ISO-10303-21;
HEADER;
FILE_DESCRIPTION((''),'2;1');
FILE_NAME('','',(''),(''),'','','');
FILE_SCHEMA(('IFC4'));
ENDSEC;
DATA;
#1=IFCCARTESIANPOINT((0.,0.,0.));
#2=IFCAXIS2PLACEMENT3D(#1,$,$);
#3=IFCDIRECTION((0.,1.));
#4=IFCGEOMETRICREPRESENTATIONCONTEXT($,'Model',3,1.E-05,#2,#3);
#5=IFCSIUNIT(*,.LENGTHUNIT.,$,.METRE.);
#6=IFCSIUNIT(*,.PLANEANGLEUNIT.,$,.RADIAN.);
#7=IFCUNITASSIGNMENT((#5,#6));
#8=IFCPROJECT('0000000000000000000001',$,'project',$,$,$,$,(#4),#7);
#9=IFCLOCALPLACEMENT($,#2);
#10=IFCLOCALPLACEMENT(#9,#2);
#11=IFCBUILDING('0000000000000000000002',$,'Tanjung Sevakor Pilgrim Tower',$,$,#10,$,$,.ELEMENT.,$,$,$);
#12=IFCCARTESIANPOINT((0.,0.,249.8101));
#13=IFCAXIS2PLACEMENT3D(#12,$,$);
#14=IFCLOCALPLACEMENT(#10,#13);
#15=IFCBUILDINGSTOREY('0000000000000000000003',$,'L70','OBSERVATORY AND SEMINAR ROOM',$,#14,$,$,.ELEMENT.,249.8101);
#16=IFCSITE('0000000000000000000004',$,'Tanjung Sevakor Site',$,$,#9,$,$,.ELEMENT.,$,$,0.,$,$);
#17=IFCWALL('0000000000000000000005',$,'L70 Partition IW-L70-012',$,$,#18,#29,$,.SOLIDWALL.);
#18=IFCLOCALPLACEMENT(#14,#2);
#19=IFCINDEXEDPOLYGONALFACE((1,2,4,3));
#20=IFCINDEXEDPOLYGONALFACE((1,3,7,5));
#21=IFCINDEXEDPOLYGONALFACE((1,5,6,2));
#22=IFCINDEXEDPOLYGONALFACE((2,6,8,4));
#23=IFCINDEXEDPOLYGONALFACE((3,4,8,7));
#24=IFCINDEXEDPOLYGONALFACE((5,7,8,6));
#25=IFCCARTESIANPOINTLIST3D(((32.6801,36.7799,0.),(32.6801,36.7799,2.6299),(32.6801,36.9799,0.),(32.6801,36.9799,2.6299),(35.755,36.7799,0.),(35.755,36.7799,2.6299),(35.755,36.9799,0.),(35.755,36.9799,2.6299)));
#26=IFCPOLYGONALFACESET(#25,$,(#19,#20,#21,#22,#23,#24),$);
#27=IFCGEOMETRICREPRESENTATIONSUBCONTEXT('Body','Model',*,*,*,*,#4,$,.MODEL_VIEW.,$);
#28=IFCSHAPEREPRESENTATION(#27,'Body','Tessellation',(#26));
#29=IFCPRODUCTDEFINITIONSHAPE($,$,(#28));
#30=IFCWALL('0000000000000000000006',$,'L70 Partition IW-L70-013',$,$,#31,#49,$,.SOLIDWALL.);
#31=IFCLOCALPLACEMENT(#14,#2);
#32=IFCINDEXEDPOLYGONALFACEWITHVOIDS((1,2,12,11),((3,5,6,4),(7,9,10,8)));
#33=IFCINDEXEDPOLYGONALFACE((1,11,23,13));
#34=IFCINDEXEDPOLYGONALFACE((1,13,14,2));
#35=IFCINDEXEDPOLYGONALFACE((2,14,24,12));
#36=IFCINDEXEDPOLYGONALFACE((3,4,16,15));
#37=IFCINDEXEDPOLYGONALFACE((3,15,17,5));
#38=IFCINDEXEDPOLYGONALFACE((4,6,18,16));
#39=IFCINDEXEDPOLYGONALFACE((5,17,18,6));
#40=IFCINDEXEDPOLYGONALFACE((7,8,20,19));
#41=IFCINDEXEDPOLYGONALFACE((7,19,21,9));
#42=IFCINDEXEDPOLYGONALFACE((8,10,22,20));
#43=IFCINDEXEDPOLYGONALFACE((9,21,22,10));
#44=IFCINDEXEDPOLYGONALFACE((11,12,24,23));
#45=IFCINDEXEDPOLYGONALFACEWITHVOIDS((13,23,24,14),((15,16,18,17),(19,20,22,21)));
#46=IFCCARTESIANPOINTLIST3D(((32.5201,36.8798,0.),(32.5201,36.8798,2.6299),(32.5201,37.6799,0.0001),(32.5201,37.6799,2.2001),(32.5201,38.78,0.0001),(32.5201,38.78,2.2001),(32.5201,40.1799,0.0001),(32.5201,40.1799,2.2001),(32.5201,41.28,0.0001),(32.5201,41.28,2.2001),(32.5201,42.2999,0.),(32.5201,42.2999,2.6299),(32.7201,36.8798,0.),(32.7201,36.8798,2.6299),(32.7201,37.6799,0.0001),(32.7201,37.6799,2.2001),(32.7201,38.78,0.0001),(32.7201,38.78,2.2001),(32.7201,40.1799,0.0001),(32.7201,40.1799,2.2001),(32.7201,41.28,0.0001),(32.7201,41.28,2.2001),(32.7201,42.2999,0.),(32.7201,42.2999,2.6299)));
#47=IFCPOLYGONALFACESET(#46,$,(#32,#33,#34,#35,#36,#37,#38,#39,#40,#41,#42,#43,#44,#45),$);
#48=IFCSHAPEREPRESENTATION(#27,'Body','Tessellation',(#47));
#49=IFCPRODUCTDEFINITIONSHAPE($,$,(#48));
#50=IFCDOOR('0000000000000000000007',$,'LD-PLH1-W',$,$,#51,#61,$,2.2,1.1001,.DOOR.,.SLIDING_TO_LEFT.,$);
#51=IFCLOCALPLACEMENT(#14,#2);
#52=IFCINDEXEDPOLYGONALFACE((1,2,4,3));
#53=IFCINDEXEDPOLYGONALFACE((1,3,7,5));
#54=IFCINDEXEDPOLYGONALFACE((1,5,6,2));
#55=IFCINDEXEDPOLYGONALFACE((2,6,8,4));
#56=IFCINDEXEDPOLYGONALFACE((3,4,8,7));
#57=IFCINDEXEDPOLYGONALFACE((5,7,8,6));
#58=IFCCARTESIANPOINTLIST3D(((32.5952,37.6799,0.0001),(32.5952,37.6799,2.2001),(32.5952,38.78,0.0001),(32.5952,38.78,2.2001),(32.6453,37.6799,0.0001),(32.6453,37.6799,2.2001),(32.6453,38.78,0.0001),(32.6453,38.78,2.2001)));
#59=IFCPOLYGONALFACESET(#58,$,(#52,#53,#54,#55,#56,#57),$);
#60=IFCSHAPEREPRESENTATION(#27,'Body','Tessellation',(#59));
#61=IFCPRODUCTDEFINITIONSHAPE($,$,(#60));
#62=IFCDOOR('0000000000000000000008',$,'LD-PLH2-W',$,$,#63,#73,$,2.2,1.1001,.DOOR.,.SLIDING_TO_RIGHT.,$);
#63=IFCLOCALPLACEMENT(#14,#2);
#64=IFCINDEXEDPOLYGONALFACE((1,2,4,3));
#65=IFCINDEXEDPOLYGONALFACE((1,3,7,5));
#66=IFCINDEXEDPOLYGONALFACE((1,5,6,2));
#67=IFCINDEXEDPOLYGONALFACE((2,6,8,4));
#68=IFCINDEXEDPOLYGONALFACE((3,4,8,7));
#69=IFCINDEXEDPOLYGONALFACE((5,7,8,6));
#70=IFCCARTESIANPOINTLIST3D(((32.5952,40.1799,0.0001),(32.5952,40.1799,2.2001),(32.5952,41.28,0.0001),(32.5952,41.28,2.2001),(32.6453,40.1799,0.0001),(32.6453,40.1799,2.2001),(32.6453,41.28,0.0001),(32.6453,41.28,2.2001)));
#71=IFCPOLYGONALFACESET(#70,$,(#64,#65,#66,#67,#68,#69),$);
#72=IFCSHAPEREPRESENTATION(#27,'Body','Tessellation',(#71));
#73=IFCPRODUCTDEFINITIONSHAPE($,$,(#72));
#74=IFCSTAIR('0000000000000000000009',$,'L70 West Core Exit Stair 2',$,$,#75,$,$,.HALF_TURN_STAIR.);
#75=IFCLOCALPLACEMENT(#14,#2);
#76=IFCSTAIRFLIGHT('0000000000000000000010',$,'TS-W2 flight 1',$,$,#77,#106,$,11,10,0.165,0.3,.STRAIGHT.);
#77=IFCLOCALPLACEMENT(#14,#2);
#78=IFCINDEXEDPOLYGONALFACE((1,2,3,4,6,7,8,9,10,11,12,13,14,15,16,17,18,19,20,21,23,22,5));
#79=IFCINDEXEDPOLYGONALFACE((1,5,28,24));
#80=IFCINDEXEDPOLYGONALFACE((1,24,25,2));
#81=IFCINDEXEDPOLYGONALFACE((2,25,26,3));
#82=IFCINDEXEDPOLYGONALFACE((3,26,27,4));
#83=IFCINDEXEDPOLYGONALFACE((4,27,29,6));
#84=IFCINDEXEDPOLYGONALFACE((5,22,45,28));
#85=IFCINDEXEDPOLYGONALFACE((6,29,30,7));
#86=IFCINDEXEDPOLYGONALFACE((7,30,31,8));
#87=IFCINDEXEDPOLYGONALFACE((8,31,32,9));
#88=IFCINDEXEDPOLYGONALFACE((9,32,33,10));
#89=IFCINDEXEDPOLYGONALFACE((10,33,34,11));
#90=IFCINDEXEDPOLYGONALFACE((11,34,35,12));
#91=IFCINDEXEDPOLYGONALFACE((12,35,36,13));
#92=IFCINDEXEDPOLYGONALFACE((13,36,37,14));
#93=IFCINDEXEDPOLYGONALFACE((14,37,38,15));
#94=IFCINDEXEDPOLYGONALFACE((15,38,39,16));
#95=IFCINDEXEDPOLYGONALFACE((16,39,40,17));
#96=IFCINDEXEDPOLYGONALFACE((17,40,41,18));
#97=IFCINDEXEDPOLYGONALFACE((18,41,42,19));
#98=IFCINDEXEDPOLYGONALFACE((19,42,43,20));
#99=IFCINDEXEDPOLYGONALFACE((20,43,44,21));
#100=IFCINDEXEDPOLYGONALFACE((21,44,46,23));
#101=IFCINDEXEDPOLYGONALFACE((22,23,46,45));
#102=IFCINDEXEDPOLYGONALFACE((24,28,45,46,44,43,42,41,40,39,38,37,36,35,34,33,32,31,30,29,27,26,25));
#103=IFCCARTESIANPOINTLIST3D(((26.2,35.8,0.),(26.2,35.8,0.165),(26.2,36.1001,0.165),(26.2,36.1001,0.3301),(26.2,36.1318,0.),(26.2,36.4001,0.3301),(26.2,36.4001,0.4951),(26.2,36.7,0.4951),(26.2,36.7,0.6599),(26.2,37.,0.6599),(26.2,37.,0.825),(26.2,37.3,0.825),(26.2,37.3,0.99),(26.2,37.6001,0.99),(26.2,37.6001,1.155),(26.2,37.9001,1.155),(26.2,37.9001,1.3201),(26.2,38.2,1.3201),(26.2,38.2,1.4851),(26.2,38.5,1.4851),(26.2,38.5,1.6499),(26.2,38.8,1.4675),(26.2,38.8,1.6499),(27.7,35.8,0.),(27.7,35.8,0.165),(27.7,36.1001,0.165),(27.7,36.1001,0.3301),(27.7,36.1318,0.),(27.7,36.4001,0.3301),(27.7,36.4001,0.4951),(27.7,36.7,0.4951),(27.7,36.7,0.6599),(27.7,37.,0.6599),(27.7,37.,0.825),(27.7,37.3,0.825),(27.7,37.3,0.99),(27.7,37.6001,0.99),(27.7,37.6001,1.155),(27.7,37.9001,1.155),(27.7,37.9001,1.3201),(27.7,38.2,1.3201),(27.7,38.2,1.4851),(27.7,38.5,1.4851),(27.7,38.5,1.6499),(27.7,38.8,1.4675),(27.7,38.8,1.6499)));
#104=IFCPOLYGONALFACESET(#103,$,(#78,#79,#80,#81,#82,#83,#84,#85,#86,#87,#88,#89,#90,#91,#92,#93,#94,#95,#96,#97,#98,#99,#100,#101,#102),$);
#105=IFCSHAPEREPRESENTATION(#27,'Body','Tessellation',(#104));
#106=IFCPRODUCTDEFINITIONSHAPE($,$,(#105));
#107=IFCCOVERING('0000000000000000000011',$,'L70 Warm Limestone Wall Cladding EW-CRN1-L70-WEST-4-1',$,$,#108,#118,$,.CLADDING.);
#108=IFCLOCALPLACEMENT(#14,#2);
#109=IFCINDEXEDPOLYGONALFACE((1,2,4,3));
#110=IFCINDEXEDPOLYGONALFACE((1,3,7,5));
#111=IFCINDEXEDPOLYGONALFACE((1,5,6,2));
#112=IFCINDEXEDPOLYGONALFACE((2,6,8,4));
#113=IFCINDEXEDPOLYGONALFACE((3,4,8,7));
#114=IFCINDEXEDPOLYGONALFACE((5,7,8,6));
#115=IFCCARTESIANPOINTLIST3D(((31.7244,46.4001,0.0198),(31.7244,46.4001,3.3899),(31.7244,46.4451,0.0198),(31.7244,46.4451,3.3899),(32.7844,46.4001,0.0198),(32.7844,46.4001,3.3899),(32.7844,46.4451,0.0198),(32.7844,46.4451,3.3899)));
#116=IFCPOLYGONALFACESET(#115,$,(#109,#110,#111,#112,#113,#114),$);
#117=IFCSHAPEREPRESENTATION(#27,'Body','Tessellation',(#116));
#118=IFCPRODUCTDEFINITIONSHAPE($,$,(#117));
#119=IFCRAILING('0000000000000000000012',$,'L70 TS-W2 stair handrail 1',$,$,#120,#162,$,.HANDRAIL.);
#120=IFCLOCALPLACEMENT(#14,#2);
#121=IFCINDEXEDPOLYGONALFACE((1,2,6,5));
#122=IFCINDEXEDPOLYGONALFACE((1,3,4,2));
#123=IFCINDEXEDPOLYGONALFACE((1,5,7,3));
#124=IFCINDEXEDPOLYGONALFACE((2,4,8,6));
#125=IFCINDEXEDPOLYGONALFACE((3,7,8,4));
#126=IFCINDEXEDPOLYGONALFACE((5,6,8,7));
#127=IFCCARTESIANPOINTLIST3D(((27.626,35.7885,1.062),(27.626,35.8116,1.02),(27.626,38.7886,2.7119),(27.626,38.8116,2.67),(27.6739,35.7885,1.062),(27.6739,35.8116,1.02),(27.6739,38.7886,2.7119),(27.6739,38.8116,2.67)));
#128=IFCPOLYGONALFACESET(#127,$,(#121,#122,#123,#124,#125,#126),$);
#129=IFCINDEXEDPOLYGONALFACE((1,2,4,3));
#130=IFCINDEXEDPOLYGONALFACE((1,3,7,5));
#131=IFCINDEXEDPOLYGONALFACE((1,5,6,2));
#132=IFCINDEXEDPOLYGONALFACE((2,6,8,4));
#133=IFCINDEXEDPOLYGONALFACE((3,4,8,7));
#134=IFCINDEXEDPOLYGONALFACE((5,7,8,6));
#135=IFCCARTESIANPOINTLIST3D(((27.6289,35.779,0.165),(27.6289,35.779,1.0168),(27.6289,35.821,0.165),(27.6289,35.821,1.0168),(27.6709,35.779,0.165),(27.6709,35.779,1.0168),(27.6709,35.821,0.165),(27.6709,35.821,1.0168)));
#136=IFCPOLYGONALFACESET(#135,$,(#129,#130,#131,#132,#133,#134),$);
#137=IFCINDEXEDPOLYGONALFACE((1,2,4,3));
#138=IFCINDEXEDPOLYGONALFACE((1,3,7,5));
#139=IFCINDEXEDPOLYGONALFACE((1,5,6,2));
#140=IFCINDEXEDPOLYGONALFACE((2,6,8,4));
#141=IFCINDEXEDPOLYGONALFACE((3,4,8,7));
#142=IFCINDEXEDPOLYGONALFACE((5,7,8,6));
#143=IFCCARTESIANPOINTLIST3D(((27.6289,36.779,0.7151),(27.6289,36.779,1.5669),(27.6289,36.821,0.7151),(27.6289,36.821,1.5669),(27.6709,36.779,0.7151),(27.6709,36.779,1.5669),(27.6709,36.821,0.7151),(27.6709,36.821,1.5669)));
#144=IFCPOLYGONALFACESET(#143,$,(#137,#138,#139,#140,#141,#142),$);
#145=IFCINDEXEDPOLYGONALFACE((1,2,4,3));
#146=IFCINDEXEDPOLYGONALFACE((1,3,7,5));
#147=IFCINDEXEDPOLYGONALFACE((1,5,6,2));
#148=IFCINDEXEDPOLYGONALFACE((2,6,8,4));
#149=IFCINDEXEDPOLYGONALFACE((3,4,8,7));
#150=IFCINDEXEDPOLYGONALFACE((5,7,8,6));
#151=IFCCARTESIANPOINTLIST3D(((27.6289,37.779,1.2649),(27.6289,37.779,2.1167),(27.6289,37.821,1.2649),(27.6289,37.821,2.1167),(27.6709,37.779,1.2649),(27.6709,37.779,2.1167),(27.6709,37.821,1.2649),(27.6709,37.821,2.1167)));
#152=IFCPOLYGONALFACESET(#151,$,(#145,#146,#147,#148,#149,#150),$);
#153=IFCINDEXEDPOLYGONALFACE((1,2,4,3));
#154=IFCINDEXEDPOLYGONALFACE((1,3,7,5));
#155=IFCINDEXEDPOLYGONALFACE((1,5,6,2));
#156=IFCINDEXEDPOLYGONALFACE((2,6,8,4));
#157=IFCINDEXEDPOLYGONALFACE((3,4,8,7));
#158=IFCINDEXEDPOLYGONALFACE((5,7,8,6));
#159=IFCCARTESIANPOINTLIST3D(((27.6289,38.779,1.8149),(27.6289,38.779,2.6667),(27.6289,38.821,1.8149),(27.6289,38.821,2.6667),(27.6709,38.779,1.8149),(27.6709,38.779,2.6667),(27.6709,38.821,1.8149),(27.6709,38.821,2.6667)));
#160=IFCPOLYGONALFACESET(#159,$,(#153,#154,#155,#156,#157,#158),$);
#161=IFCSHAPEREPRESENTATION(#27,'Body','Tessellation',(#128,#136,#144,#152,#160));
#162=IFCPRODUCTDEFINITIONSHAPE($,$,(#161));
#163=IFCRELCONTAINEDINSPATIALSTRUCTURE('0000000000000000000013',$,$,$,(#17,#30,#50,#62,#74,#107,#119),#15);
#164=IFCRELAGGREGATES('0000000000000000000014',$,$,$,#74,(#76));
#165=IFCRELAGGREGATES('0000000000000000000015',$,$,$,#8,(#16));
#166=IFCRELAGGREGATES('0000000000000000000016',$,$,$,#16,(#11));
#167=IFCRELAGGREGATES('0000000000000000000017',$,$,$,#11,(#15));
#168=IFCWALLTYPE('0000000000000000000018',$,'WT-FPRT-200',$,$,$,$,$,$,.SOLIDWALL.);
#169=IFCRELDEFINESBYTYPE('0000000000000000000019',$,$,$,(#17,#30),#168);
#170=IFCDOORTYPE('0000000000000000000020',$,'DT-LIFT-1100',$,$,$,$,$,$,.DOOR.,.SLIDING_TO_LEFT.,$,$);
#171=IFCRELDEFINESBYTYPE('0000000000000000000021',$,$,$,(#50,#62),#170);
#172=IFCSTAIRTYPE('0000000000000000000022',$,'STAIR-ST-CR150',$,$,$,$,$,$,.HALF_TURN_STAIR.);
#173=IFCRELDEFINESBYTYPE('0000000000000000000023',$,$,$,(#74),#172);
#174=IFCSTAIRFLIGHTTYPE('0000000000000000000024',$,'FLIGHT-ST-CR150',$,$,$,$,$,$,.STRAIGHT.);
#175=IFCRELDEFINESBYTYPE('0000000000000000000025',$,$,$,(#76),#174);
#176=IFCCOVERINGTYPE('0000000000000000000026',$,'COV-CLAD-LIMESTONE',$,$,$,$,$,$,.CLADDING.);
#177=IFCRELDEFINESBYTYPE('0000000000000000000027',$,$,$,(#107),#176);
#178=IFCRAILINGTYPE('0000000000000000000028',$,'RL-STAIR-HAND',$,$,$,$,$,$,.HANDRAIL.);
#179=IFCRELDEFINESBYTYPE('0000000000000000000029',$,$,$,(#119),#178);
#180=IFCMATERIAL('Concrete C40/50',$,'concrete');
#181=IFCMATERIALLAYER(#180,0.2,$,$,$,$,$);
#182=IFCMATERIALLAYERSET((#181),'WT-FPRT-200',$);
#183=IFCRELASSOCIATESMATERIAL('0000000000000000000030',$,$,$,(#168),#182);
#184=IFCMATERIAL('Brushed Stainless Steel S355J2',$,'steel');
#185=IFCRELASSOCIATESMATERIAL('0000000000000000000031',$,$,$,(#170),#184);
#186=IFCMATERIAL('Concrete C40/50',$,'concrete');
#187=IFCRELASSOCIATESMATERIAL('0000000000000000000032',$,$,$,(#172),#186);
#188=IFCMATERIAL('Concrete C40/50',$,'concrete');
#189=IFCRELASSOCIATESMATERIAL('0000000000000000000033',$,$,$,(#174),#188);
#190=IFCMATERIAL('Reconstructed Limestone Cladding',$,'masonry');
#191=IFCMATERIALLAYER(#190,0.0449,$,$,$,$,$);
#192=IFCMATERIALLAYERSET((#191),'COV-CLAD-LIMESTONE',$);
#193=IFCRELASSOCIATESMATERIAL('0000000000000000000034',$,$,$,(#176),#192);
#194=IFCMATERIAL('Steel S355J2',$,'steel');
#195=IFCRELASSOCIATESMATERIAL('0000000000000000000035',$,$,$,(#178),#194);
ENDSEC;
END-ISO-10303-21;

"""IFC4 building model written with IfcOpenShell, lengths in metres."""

from ifc_helpers import new_model, si_unit, direction, frame, frame_2d, origin, origin_2d, place, context, subcontext, project, spatial, polyline, rectangle, outline, extrude, material, layer, layer_set, type_object, element, fill, aggregate, save


model = new_model("IFC4")

# Units and contexts
model_context = context("Model", 3, precision=1e-05, world=origin(), true_north=direction((0.0, 1.0)))
body_context = subcontext(model_context, "Body", "Model", "MODEL_VIEW")
ifc_project = project(units=[si_unit("LENGTHUNIT", "METRE"), si_unit("PLANEANGLEUNIT", "RADIAN")], contexts=[model_context])

# Site, building, storey
site_placement = place(None, origin())
site = spatial("IfcSite", under=ifc_project, at=site_placement, Name="Tanjung Sevakor Site", CompositionType="ELEMENT", RefElevation=0.0)
building_placement = place(site_placement, origin())
building = spatial("IfcBuilding", under=site, at=building_placement, Name="Tanjung Sevakor Pilgrim Tower", CompositionType="ELEMENT")
storey_placement = place(building_placement, frame((0.0, 0.0, 249.8101)))
storey = spatial("IfcBuildingStorey", under=building, at=storey_placement, Name="L70", Description="OBSERVATORY AND SEMINAR ROOM", CompositionType="ELEMENT", Elevation=249.8101)

# Wall
ifc_material_1 = material(Name="Concrete C40/50", Category="concrete")
ifc_layer_1 = layer(ifc_material_1, 0.2)
ifc_layer_set_1 = layer_set([ifc_layer_1], Name="WT-FPRT-200")
wall_type_1 = type_object("IfcWallType", Name="WT-FPRT-200", PredefinedType="SOLIDWALL", material=ifc_layer_set_1)
wall_1_placement = place(storey_placement, frame((32.6799, 36.8799, 0.0), z_axis=(0.0, 0.0, 1.0), x_axis=(1.0, 0.0, 0.0)))
element("IfcWall", 1, at=wall_1_placement, inside=storey, type_object=wall_type_1, Name="L70 Partition IW-L70-012", PredefinedType="SOLIDWALL", context=body_context, shape_type="SweptSolid", body=[
    extrude(rectangle(XDim=3.075, YDim=0.2, at=frame_2d((1.5376, 0.0))), origin(), (0.0, 0.0, 1.0), 2.6299),
])

# Wall, openings, doors
wall_2_placement = place(storey_placement, frame((32.6201, 36.8799, 0.0), z_axis=(0.0, 0.0, 1.0), x_axis=(0.0, 1.0, 0.0)))
wall_2 = element("IfcWall", 2, at=wall_2_placement, inside=storey, type_object=wall_type_1, Name="L70 Partition IW-L70-013", PredefinedType="SOLIDWALL", context=body_context, shape_type="SweptSolid", body=[
    extrude(rectangle(XDim=5.4202, YDim=0.2, at=frame_2d((2.71, 0.0))), origin(), (0.0, 0.0, 1.0), 2.6299),
])
opening_1_placement = place(wall_2_placement, frame((0.8, 0.0, 0.0)))
opening_1 = element("IfcOpeningElement", 3, at=opening_1_placement, cuts=wall_2, PredefinedType="OPENING", context=body_context, shape_type="SweptSolid", body=[
    extrude(rectangle(XDim=1.1001, YDim=2.2, at=frame_2d((0.55, 1.1001))), frame((0.0, 0.1099, 0.0), z_axis=(0.0, -1.0, 0.0), x_axis=(1.0, 0.0, 0.0)), (0.0, 0.0, 1.0), 0.22),
])
opening_2_placement = place(wall_2_placement, frame((3.3, 0.0, 0.0)))
opening_2 = element("IfcOpeningElement", 4, at=opening_2_placement, cuts=wall_2, PredefinedType="OPENING", context=body_context, shape_type="SweptSolid", body=[
    extrude(rectangle(XDim=1.1001, YDim=2.2, at=frame_2d((0.55, 1.1001))), frame((0.0, 0.1099, 0.0), z_axis=(0.0, -1.0, 0.0), x_axis=(1.0, 0.0, 0.0)), (0.0, 0.0, 1.0), 0.22),
])
ifc_material_2 = material(Name="Brushed Stainless Steel S355J2", Category="steel")
door_type_1 = type_object("IfcDoorType", Name="DT-LIFT-1100", OperationType="SLIDING_TO_LEFT", PredefinedType="DOOR", material=ifc_material_2)
door_1_placement = place(opening_1_placement, origin())
door_1 = element("IfcDoor", 5, at=door_1_placement, inside=storey, type_object=door_type_1, Name="LD-PLH1-W", OperationType="SLIDING_TO_LEFT", OverallHeight=2.2, OverallWidth=1.1001, PredefinedType="DOOR", context=body_context, shape_type="SweptSolid", body=[
    extrude(rectangle(XDim=1.1001, YDim=2.2, at=frame_2d((0.55, 1.1001))), frame((0.0, 0.0249, 0.0), z_axis=(0.0, -1.0, 0.0), x_axis=(1.0, 0.0, 0.0)), (0.0, 0.0, 1.0), 0.05),
])
fill(opening_1, door_1)
door_2_placement = place(opening_2_placement, origin())
door_2 = element("IfcDoor", 6, at=door_2_placement, inside=storey, type_object=door_type_1, Name="LD-PLH2-W", OperationType="SLIDING_TO_RIGHT", OverallHeight=2.2, OverallWidth=1.1001, PredefinedType="DOOR", context=body_context, shape_type="SweptSolid", body=[
    extrude(rectangle(XDim=1.1001, YDim=2.2, at=frame_2d((0.55, 1.1001))), frame((0.0, 0.0249, 0.0), z_axis=(0.0, -1.0, 0.0), x_axis=(1.0, 0.0, 0.0)), (0.0, 0.0, 1.0), 0.05),
])
fill(opening_2, door_2)

# Stair, stair flight
ifc_material_3 = material(Name="Concrete C40/50", Category="concrete")
stair_type = type_object("IfcStairType", Name="STAIR-ST-CR150", PredefinedType="HALF_TURN_STAIR", material=ifc_material_3)
stair_placement = place(storey_placement, origin())
stair = element("IfcStair", 7, at=stair_placement, inside=storey, type_object=stair_type, Name="L70 West Core Exit Stair 2", PredefinedType="HALF_TURN_STAIR")
ifc_material_4 = material(Name="Concrete C40/50", Category="concrete")
stair_flight_type = type_object("IfcStairFlightType", Name="FLIGHT-ST-CR150", PredefinedType="STRAIGHT", material=ifc_material_4)
stair_flight_placement = place(storey_placement, frame((26.95, 35.8, 0.0), z_axis=(0.0, 0.0, 1.0), x_axis=(0.0, 1.0, 0.0)))
stair_flight = element("IfcStairFlight", 8, at=stair_flight_placement, type_object=stair_flight_type, Name="TS-W2 flight 1", NumberOfRisers=11, NumberOfTreads=10, PredefinedType="STRAIGHT", RiserHeight=0.165, TreadLength=0.3, context=body_context, shape_type="SweptSolid", body=[
    extrude(outline(polyline([(0.0, 0.0), (0.0, 0.165), (0.3, 0.165), (0.3, 0.3301), (0.6001, 0.3301), (0.6001, 0.4951), (0.8999, 0.4951), (0.8999, 0.6599), (1.2, 0.6599), (1.2, 0.825), (1.5, 0.825), (1.5, 0.99), (1.8, 0.99), (1.8, 1.155), (2.1001, 1.155), (2.1001, 1.3201), (2.3999, 1.3201), (2.3999, 1.4851), (2.7, 1.4851), (2.7, 1.6499), (3.0, 1.6499), (3.0, 1.8149), (3.0, 1.4675), (0.3318, 0.0), (0.0, 0.0)])), frame((0.0, 0.75, 0.0), z_axis=(0.0, -1.0, 0.0), x_axis=(1.0, 0.0, 0.0)), (0.0, 0.0, 1.0), 1.5),
])
aggregate(stair, [stair_flight])

# Covering
ifc_material_5 = material(Name="Reconstructed Limestone Cladding", Category="masonry")
ifc_layer_2 = layer(ifc_material_5, 0.0449)
ifc_layer_set_2 = layer_set([ifc_layer_2], Name="COV-CLAD-LIMESTONE")
covering_type = type_object("IfcCoveringType", Name="COV-CLAD-LIMESTONE", PredefinedType="CLADDING", material=ifc_layer_set_2)
covering_placement = place(storey_placement, frame((32.2544, 46.4226, 0.0198), z_axis=(0.0, 0.0, 1.0), x_axis=(-1.0, 0.0, 0.0)))
element("IfcCovering", 9, at=covering_placement, inside=storey, type_object=covering_type, Name="L70 Warm Limestone Wall Cladding EW-CRN1-L70-WEST-4-1", PredefinedType="CLADDING", context=body_context, shape_type="SweptSolid", body=[
    extrude(rectangle(XDim=1.0601, YDim=0.0449, at=origin_2d()), origin(), (0.0, 0.0, 1.0), 3.3701),
])

# Railing
ifc_material_6 = material(Name="Steel S355J2", Category="steel")
railing_type = type_object("IfcRailingType", Name="RL-STAIR-HAND", PredefinedType="HANDRAIL", material=ifc_material_6)
railing_placement = place(storey_placement, frame((27.6499, 35.8, 0.165)))
element("IfcRailing", 10, at=railing_placement, inside=storey, type_object=railing_type, Name="L70 TS-W2 stair handrail 1", PredefinedType="HANDRAIL", context=body_context, shape_type="SweptSolid", body=[
    extrude(rectangle(XDim=0.0479, YDim=0.0479), frame((0.0, 0.0, 0.876), z_axis=(0.0, 0.876228, 0.481897), x_axis=(-1.0, 0.0, 0.0)), (0.0, 0.0, 1.0), 3.4238),
    extrude(rectangle(XDim=0.042, YDim=0.042), origin(), (0.0, 0.0, 1.0), 0.8518),
    extrude(rectangle(XDim=0.042, YDim=0.042), frame((0.0, 1.0, 0.55)), (0.0, 0.0, 1.0), 0.8518),
    extrude(rectangle(XDim=0.042, YDim=0.042), frame((0.0, 2.0, 1.0999)), (0.0, 0.0, 1.0), 0.8518),
    extrude(rectangle(XDim=0.042, YDim=0.042), frame((0.0, 3.0, 1.6499)), (0.0, 0.0, 1.0), 0.8518),
])

save(model, "model.ifc")
